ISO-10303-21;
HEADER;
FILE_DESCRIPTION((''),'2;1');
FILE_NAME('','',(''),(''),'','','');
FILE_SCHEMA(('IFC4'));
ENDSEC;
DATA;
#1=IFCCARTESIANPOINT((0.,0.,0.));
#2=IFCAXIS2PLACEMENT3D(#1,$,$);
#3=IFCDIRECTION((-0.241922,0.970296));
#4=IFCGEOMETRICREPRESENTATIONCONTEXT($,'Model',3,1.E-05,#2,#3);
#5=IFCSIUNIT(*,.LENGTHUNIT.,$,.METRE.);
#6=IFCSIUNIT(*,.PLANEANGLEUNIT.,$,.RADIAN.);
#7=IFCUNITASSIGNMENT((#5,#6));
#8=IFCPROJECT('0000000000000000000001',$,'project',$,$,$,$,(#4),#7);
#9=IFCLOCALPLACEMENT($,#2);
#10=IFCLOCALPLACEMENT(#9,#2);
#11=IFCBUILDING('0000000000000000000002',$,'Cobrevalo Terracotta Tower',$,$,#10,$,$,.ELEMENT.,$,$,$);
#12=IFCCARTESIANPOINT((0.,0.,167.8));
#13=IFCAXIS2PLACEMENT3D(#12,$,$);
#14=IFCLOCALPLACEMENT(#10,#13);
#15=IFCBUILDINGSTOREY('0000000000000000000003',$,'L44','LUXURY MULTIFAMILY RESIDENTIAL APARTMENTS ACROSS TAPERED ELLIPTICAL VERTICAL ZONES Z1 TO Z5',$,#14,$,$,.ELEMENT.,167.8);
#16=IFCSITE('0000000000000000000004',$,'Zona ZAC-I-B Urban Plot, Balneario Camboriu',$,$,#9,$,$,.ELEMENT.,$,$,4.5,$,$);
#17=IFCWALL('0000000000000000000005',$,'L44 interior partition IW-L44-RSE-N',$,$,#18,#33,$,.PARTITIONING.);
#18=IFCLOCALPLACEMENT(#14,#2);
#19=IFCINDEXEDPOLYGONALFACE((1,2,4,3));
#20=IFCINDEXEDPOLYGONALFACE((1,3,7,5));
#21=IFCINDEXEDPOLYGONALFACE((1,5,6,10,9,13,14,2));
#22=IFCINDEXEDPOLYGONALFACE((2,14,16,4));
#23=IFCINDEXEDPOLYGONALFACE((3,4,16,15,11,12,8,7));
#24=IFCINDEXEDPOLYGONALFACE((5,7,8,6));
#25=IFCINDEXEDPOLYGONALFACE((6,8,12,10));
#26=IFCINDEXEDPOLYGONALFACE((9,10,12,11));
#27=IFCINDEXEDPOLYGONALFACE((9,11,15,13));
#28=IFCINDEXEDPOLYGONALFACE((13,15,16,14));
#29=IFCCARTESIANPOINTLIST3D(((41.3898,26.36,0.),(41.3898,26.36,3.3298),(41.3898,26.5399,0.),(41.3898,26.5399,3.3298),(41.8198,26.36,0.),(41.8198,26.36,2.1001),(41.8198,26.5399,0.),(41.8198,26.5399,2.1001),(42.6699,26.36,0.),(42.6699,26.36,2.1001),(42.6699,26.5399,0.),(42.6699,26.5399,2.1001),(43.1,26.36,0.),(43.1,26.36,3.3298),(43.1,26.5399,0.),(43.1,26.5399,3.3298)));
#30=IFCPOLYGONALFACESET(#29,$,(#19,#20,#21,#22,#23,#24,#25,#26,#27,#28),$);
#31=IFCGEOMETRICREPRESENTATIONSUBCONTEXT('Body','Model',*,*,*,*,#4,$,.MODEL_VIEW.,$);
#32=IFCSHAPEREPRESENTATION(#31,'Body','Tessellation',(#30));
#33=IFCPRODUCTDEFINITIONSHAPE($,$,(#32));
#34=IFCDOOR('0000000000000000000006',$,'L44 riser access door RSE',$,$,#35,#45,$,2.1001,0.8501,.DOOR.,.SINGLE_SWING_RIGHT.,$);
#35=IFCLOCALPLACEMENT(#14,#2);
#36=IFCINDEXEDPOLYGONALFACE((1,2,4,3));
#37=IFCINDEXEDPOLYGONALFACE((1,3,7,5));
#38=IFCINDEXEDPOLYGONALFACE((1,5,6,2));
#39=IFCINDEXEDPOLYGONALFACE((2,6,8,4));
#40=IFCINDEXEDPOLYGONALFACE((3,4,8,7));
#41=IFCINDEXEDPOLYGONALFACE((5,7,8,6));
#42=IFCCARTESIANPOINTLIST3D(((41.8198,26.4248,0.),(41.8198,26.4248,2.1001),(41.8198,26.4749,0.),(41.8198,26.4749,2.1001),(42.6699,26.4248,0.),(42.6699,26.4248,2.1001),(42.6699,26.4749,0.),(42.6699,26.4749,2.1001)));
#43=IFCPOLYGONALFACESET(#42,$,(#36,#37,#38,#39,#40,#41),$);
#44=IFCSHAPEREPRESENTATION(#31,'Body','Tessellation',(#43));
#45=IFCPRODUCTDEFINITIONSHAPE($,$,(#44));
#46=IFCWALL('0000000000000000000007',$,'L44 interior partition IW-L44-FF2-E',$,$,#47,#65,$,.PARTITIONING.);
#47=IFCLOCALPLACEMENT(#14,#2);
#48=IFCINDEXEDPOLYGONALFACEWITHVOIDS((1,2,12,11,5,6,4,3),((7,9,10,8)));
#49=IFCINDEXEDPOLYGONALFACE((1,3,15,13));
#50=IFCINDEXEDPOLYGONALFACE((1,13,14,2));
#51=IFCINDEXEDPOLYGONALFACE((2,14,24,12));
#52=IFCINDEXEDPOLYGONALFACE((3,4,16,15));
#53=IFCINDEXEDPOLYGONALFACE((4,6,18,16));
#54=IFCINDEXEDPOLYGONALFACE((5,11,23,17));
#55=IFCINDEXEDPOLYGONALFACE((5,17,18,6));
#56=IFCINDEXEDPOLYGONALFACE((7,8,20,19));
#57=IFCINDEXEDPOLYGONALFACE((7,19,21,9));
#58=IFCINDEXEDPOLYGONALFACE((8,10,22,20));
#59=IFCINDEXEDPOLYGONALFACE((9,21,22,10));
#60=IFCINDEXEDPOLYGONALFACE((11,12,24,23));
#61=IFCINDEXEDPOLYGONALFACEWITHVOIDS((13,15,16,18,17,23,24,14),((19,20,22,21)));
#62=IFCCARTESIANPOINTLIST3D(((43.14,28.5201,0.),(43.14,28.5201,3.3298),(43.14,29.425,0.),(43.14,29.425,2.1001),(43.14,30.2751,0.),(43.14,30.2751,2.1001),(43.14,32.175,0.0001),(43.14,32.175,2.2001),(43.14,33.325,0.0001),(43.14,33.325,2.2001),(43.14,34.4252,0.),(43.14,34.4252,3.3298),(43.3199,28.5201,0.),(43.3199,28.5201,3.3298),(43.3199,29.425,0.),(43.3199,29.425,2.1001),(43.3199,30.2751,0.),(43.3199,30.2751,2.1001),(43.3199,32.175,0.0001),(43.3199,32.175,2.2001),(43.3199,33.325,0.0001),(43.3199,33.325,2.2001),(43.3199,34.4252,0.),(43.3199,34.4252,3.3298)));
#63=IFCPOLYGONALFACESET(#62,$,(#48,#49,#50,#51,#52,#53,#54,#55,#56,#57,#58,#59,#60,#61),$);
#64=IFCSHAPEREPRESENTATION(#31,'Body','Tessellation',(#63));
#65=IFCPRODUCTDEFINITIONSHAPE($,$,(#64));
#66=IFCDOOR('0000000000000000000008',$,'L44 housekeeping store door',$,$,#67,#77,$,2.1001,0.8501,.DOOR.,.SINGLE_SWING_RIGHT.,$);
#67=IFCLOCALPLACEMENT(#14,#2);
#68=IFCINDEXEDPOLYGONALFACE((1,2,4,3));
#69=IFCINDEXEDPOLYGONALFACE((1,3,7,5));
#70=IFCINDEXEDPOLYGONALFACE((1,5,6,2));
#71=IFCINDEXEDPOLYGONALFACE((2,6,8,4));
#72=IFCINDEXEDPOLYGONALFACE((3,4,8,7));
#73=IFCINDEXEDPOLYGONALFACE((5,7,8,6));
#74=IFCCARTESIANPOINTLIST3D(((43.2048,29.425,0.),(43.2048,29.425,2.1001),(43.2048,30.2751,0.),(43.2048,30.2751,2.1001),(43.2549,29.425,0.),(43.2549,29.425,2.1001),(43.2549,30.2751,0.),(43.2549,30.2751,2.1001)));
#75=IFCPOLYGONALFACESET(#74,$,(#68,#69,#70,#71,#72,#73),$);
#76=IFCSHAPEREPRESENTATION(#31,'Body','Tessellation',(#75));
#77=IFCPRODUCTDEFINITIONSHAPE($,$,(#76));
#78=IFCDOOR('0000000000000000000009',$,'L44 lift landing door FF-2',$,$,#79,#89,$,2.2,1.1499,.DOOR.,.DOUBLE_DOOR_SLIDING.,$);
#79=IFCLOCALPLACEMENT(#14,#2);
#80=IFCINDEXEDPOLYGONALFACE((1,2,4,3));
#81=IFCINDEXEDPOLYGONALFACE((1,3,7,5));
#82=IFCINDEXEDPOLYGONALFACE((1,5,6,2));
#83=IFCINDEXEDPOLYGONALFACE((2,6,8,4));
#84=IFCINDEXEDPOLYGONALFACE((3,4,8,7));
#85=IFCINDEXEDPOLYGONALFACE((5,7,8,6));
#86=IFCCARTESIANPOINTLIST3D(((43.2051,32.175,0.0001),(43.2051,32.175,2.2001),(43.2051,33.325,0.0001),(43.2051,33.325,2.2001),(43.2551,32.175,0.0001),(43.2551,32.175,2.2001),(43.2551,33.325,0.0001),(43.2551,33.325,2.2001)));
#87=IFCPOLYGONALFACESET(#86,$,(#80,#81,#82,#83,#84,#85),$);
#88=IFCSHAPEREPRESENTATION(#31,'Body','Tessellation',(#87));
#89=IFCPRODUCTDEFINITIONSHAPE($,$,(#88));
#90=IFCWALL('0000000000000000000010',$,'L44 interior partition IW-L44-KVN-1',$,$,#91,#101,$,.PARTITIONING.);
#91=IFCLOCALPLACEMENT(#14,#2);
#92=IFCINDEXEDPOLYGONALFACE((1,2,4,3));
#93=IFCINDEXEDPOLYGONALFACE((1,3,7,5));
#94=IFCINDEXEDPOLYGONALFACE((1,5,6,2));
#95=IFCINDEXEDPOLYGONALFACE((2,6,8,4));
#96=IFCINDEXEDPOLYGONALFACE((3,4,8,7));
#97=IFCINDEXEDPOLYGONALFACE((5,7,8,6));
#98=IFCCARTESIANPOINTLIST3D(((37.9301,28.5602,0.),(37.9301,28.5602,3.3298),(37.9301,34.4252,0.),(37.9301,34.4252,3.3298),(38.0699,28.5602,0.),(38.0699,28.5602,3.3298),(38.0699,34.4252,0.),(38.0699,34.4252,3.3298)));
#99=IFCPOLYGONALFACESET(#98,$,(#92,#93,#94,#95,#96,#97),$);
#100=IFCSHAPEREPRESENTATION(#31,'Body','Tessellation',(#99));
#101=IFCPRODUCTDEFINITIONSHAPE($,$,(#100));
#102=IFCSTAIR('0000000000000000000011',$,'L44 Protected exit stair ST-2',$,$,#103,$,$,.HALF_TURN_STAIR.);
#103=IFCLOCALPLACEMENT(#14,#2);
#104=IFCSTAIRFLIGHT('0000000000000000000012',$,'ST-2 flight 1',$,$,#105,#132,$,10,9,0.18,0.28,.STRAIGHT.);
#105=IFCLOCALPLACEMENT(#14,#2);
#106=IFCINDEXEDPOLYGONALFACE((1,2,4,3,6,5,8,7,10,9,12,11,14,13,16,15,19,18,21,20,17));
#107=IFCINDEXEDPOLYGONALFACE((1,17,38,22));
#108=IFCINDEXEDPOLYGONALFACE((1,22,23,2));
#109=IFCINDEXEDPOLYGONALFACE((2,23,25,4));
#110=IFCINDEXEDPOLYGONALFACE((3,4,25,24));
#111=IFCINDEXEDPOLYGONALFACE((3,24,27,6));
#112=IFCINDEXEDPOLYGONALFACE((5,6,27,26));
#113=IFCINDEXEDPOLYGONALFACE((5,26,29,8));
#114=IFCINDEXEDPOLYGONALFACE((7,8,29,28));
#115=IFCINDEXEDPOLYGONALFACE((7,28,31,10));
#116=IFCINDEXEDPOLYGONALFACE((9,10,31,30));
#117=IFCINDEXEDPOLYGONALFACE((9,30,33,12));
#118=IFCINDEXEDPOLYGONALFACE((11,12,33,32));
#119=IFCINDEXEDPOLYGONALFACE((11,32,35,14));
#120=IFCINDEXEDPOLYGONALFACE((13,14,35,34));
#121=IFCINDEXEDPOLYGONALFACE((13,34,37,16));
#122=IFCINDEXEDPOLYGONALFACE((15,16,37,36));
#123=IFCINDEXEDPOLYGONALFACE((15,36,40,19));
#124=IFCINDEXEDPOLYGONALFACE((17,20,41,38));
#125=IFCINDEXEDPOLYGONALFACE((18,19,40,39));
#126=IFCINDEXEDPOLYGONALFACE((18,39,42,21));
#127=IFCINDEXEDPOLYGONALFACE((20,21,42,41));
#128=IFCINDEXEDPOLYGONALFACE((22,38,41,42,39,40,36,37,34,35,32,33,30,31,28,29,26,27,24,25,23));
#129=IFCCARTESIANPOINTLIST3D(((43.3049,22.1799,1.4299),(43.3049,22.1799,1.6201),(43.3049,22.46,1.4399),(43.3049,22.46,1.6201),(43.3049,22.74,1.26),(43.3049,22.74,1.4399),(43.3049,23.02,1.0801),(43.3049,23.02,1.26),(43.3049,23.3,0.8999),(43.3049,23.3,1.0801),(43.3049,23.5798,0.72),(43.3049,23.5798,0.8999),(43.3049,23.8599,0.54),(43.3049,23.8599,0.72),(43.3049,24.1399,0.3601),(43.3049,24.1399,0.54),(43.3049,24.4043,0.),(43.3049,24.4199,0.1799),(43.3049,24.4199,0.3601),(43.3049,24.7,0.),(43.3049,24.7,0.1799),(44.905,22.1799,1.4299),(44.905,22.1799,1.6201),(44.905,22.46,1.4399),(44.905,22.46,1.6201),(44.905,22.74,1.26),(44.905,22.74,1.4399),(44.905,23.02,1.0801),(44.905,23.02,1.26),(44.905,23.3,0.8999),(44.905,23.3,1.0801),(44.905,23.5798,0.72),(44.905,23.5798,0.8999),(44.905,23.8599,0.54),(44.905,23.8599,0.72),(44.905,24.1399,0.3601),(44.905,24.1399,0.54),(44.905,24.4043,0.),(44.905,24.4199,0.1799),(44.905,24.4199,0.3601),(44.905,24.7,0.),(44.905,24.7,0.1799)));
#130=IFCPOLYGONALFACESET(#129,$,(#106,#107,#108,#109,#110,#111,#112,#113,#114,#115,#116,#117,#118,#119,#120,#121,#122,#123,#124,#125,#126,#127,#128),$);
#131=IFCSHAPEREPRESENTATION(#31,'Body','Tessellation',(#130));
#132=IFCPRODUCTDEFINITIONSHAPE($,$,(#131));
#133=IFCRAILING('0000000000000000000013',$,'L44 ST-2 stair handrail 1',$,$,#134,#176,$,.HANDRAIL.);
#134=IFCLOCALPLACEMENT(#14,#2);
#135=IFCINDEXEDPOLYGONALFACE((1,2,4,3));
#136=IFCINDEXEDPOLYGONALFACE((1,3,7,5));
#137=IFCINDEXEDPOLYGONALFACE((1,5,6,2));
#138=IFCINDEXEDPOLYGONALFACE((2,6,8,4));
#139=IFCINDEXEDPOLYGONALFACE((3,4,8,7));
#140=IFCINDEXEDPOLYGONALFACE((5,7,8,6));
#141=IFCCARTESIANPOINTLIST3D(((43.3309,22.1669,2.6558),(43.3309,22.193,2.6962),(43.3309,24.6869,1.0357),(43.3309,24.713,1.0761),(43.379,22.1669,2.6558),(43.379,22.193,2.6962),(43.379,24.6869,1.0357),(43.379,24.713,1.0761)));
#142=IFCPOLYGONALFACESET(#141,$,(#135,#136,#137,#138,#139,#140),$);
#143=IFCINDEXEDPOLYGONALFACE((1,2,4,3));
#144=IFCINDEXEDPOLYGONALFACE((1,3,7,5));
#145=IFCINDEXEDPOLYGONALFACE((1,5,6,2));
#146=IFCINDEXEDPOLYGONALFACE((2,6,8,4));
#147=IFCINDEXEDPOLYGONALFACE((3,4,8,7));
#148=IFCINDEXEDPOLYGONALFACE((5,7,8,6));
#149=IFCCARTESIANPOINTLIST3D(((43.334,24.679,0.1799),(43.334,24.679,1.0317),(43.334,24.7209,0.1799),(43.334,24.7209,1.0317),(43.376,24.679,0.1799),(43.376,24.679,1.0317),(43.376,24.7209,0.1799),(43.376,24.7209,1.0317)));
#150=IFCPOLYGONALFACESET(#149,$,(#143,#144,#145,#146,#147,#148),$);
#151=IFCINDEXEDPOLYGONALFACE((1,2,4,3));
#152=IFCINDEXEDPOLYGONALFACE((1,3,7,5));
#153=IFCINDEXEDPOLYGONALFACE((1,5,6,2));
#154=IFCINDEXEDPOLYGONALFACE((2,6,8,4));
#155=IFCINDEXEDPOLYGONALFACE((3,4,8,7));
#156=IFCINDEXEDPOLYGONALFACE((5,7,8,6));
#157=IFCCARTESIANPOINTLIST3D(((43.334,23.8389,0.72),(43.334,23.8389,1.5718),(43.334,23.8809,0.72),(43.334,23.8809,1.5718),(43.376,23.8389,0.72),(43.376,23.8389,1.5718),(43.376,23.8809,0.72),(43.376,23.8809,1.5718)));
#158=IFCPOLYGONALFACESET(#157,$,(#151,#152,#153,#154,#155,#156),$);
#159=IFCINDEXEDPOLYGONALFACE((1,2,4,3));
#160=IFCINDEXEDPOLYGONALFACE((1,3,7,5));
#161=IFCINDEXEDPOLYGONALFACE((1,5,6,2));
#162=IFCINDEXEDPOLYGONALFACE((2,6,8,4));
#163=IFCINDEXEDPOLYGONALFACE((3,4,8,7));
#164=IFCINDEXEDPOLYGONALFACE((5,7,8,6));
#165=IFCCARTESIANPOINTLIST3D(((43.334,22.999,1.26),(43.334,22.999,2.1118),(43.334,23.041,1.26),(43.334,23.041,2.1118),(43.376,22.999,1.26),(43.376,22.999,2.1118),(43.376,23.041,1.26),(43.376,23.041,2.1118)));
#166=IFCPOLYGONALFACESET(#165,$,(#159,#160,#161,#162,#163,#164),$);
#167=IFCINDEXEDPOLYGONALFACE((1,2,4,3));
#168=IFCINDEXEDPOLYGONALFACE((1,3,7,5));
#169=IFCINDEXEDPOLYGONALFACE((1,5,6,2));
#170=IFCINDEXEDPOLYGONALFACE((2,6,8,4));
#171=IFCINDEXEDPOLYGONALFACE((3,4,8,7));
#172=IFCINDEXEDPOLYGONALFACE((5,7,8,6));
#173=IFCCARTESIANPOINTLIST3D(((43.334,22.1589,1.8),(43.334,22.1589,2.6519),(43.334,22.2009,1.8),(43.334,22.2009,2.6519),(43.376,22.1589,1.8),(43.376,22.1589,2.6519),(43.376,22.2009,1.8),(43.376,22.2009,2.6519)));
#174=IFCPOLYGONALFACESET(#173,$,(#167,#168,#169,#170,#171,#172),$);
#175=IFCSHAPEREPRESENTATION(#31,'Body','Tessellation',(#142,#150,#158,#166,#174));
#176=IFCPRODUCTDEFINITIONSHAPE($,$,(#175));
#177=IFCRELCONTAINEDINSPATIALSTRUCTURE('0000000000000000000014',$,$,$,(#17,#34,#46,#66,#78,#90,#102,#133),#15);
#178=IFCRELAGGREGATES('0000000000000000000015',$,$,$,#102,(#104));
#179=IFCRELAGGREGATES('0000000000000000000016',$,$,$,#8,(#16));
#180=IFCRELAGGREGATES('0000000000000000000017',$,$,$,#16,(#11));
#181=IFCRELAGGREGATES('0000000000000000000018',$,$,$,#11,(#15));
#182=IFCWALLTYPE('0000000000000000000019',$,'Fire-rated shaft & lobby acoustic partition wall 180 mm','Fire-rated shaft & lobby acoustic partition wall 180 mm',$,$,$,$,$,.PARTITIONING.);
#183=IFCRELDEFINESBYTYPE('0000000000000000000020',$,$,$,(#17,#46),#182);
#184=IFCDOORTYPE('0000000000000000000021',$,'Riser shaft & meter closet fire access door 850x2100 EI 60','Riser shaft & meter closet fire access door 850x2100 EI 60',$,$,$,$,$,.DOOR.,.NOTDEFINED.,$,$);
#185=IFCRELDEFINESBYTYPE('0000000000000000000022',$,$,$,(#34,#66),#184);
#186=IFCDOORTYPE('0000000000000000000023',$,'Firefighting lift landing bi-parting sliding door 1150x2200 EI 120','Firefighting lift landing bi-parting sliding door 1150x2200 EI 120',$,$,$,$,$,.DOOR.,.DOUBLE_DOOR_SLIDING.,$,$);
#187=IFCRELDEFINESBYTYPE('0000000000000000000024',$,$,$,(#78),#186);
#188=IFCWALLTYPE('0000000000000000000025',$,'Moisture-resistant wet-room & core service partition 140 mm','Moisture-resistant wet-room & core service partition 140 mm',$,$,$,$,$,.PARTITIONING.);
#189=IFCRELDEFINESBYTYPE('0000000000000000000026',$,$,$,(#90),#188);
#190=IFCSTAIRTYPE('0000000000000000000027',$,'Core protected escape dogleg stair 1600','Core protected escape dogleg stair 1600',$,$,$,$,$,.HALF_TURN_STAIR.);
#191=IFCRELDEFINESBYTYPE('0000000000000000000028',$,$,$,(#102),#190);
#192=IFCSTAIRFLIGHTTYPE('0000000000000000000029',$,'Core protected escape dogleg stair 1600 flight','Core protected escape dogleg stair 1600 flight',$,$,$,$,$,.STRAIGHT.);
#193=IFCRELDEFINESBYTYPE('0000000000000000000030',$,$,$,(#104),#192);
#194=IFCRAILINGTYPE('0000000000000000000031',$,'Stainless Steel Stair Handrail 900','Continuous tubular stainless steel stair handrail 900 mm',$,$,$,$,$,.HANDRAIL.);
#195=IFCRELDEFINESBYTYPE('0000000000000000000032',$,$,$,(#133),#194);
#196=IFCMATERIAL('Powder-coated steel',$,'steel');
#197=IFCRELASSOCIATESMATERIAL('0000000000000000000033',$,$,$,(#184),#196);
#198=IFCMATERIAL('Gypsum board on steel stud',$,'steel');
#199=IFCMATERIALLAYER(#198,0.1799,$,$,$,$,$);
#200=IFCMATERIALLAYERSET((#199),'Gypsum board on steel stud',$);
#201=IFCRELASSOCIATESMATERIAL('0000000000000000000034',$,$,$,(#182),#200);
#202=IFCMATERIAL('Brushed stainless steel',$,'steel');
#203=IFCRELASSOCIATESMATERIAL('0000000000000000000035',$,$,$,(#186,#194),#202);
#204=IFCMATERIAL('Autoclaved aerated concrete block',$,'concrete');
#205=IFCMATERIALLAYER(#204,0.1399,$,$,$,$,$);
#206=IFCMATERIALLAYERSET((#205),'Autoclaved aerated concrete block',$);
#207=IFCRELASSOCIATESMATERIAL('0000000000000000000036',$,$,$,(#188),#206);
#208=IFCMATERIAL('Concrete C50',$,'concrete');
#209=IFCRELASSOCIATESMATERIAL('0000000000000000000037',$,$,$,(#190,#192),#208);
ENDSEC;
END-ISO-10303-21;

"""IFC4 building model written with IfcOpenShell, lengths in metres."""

from ifc_helpers import new_model, si_unit, direction, frame, frame_2d, origin, origin_2d, place, context, subcontext, project, spatial, polyline, rectangle, outline, extrude, source, transform, mapped, material, layer, layer_set, type_object, element, fill, aggregate, save


model = new_model("IFC4")

# Units and contexts
model_context = context("Model", 3, precision=1e-05, world=origin(), true_north=direction((-0.241922, 0.970296)))
body_context = subcontext(model_context, "Body", "Model", "MODEL_VIEW")
ifc_project = project(units=[si_unit("LENGTHUNIT", "METRE"), si_unit("PLANEANGLEUNIT", "RADIAN")], contexts=[model_context])

# Site, building, storey
site_placement = place(None, origin())
site = spatial("IfcSite", under=ifc_project, at=site_placement, Name="Zona ZAC-I-B Urban Plot, Balneario Camboriu", CompositionType="ELEMENT", RefElevation=4.5)
building_placement = place(site_placement, origin())
building = spatial("IfcBuilding", under=site, at=building_placement, Name="Cobrevalo Terracotta Tower", CompositionType="ELEMENT")
storey_placement = place(building_placement, frame((0.0, 0.0, 167.8)))
storey = spatial("IfcBuildingStorey", under=building, at=storey_placement, Name="L44", Description="LUXURY MULTIFAMILY RESIDENTIAL APARTMENTS ACROSS TAPERED ELLIPTICAL VERTICAL ZONES Z1 TO Z5", CompositionType="ELEMENT", Elevation=167.8)

# Shared definitions
ifc_material_1 = material(Name="Gypsum board on steel stud", Category="steel")

# Shared definitions
ifc_material_2 = material(Name="Powder-coated steel", Category="steel")
door_type_1 = type_object("IfcDoorType", Name="Riser shaft & meter closet fire access door 850x2100 EI 60", Description="Riser shaft & meter closet fire access door 850x2100 EI 60", OperationType="NOTDEFINED", PredefinedType="DOOR", material=ifc_material_2)
shared_shape_1 = source(origin(), body_context, "Body", "SweptSolid", [
    extrude(rectangle(XDim=0.8501, YDim=2.1001, at=frame_2d((0.425, 1.05))), frame((0.0, 0.0249, 0.0), z_axis=(0.0, -1.0, 0.0), x_axis=(1.0, 0.0, 0.0)), (0.0, 0.0, 1.0), 0.05),
])
ifc_material_3 = material(Name="Brushed stainless steel", Category="steel")

# Wall, opening, door
ifc_layer_1 = layer(ifc_material_1, 0.1799)
ifc_layer_set_1 = layer_set([ifc_layer_1], Name="Gypsum board on steel stud")
wall_type_1 = type_object("IfcWallType", Name="Fire-rated shaft & lobby acoustic partition wall 180 mm", Description="Fire-rated shaft & lobby acoustic partition wall 180 mm", PredefinedType="PARTITIONING", material=ifc_layer_set_1)
wall_1_placement = place(storey_placement, frame((41.3899, 26.45, 0.0), z_axis=(0.0, 0.0, 1.0), x_axis=(1.0, 0.0, 0.0)))
wall_1 = element("IfcWall", 1, at=wall_1_placement, inside=storey, type_object=wall_type_1, Name="L44 interior partition IW-L44-RSE-N", PredefinedType="PARTITIONING", context=body_context, shape_type="SweptSolid", body=[
    extrude(rectangle(XDim=1.7102, YDim=0.1799, at=frame_2d((0.855, 0.0))), origin(), (0.0, 0.0, 1.0), 3.3298),
])
opening_1_placement = place(wall_1_placement, frame((0.4299, 0.0, 0.0)))
opening_1 = element("IfcOpeningElement", 2, at=opening_1_placement, cuts=wall_1, PredefinedType="OPENING", context=body_context, shape_type="SweptSolid", body=[
    extrude(rectangle(XDim=0.8501, YDim=2.1001, at=frame_2d((0.425, 1.05))), frame((0.0, 0.1001, 0.0), z_axis=(0.0, -1.0, 0.0), x_axis=(1.0, 0.0, 0.0)), (0.0, 0.0, 1.0), 0.2),
])
door_1_placement = place(opening_1_placement, origin())
door_1 = element("IfcDoor", 3, at=door_1_placement, inside=storey, type_object=door_type_1, Name="L44 riser access door RSE", OperationType="SINGLE_SWING_RIGHT", OverallHeight=2.1001, OverallWidth=0.8501, PredefinedType="DOOR", context=body_context, shape_type="MappedRepresentation", body=[
    mapped(shared_shape_1, transform((0.0, 0.0, 0.0), scale=1.0)),
])
fill(opening_1, door_1)

# Wall, openings, doors
wall_2_placement = place(storey_placement, frame((43.23, 28.52, 0.0), z_axis=(0.0, 0.0, 1.0), x_axis=(0.0, 1.0, 0.0)))
wall_2 = element("IfcWall", 4, at=wall_2_placement, inside=storey, type_object=wall_type_1, Name="L44 interior partition IW-L44-FF2-E", PredefinedType="PARTITIONING", context=body_context, shape_type="SweptSolid", body=[
    extrude(rectangle(XDim=5.905, YDim=0.1799, at=frame_2d((2.9526, 0.0))), origin(), (0.0, 0.0, 1.0), 3.3298),
])
opening_2_placement = place(wall_2_placement, frame((0.905, 0.0, 0.0)))
opening_2 = element("IfcOpeningElement", 5, at=opening_2_placement, cuts=wall_2, PredefinedType="OPENING", context=body_context, shape_type="SweptSolid", body=[
    extrude(rectangle(XDim=0.8501, YDim=2.1001, at=frame_2d((0.425, 1.05))), frame((0.0, 0.1001, 0.0), z_axis=(0.0, -1.0, 0.0), x_axis=(1.0, 0.0, 0.0)), (0.0, 0.0, 1.0), 0.2),
])
opening_3_placement = place(wall_2_placement, frame((3.655, 0.0, 0.0)))
opening_3 = element("IfcOpeningElement", 6, at=opening_3_placement, cuts=wall_2, PredefinedType="OPENING", context=body_context, shape_type="SweptSolid", body=[
    extrude(rectangle(XDim=1.1499, YDim=2.2, at=frame_2d((0.575, 1.1001))), frame((0.0, 0.1001, 0.0), z_axis=(0.0, -1.0, 0.0), x_axis=(1.0, 0.0, 0.0)), (0.0, 0.0, 1.0), 0.2),
])
door_2_placement = place(opening_2_placement, frame((0.8501, 0.0, 0.0), z_axis=(0.0, 0.0, 1.0), x_axis=(-1.0, 0.0, 0.0)))
door_2 = element("IfcDoor", 7, at=door_2_placement, inside=storey, type_object=door_type_1, Name="L44 housekeeping store door", OperationType="SINGLE_SWING_RIGHT", OverallHeight=2.1001, OverallWidth=0.8501, PredefinedType="DOOR", context=body_context, shape_type="MappedRepresentation", body=[
    mapped(shared_shape_1, transform((0.0, 0.0, 0.0), scale=1.0)),
])
fill(opening_2, door_2)
door_type_2 = type_object("IfcDoorType", Name="Firefighting lift landing bi-parting sliding door 1150x2200 EI 120", Description="Firefighting lift landing bi-parting sliding door 1150x2200 EI 120", OperationType="DOUBLE_DOOR_SLIDING", PredefinedType="DOOR", material=ifc_material_3)
shared_shape_2 = source(origin(), body_context, "Body", "SweptSolid", [
    extrude(rectangle(XDim=1.1499, YDim=2.2, at=frame_2d((0.575, 1.1001))), frame((0.0, 0.0249, 0.0), z_axis=(0.0, -1.0, 0.0), x_axis=(1.0, 0.0, 0.0)), (0.0, 0.0, 1.0), 0.05),
])
door_3_placement = place(opening_3_placement, origin())
door_3 = element("IfcDoor", 8, at=door_3_placement, inside=storey, type_object=door_type_2, Name="L44 lift landing door FF-2", OperationType="DOUBLE_DOOR_SLIDING", OverallHeight=2.2, OverallWidth=1.1499, PredefinedType="DOOR", context=body_context, shape_type="MappedRepresentation", body=[
    mapped(shared_shape_2, transform((0.0, 0.0, 0.0), scale=1.0)),
])
fill(opening_3, door_3)

# Wall
ifc_material_4 = material(Name="Autoclaved aerated concrete block", Category="concrete")
ifc_layer_2 = layer(ifc_material_4, 0.1399)
ifc_layer_set_2 = layer_set([ifc_layer_2], Name="Autoclaved aerated concrete block")
wall_type_2 = type_object("IfcWallType", Name="Moisture-resistant wet-room & core service partition 140 mm", Description="Moisture-resistant wet-room & core service partition 140 mm", PredefinedType="PARTITIONING", material=ifc_layer_set_2)
wall_3_placement = place(storey_placement, frame((38.0, 28.5601, 0.0), z_axis=(0.0, 0.0, 1.0), x_axis=(0.0, 1.0, 0.0)))
element("IfcWall", 9, at=wall_3_placement, inside=storey, type_object=wall_type_2, Name="L44 interior partition IW-L44-KVN-1", PredefinedType="PARTITIONING", context=body_context, shape_type="SweptSolid", body=[
    extrude(rectangle(XDim=5.865, YDim=0.1399, at=frame_2d((2.9326, 0.0))), origin(), (0.0, 0.0, 1.0), 3.3298),
])

# Shared definitions
ifc_material_5 = material(Name="Concrete C50", Category="concrete")

# Stair, stair flight
stair_type = type_object("IfcStairType", Name="Core protected escape dogleg stair 1600", Description="Core protected escape dogleg stair 1600", PredefinedType="HALF_TURN_STAIR", material=ifc_material_5)
stair_placement = place(storey_placement, origin())
stair = element("IfcStair", 10, at=stair_placement, inside=storey, type_object=stair_type, Name="L44 Protected exit stair ST-2", PredefinedType="HALF_TURN_STAIR")
stair_flight_type = type_object("IfcStairFlightType", Name="Core protected escape dogleg stair 1600 flight", Description="Core protected escape dogleg stair 1600 flight", PredefinedType="STRAIGHT", material=ifc_material_5)
stair_flight_placement = place(storey_placement, frame((44.105, 24.7, 0.0), z_axis=(0.0, 0.0, 1.0), x_axis=(0.0, -1.0, 0.0)))
stair_flight = element("IfcStairFlight", 11, at=stair_flight_placement, type_object=stair_flight_type, Name="ST-2 flight 1", NumberOfRisers=10, NumberOfTreads=9, PredefinedType="STRAIGHT", RiserHeight=0.18, TreadLength=0.28, context=body_context, shape_type="SweptSolid", body=[
    extrude(outline(polyline([(0.0, 0.0), (0.0, 0.1799), (0.28, 0.1799), (0.28, 0.3601), (0.5601, 0.3601), (0.5601, 0.54), (0.8401, 0.54), (0.8401, 0.72), (1.1201, 0.72), (1.1201, 0.8999), (1.3999, 0.8999), (1.3999, 1.0801), (1.6799, 1.0801), (1.6799, 1.26), (1.96, 1.26), (1.96, 1.4399), (2.24, 1.4399), (2.24, 1.6201), (2.52, 1.6201), (2.52, 1.8), (2.52, 1.4299), (0.2957, 0.0), (0.0, 0.0)])), frame((0.0, 0.8, 0.0), z_axis=(0.0, -1.0, 0.0), x_axis=(1.0, 0.0, 0.0)), (0.0, 0.0, 1.0), 1.6001),
])
aggregate(stair, [stair_flight])

# Railing
railing_type_1 = type_object("IfcRailingType", Name="Stainless Steel Stair Handrail 900", Description="Continuous tubular stainless steel stair handrail 900 mm", PredefinedType="HANDRAIL", material=ifc_material_3)
railing_1_placement = place(storey_placement, frame((43.355, 24.7, 0.1799)))
element("IfcRailing", 12, at=railing_1_placement, inside=storey, type_object=railing_type_1, Name="L44 ST-2 stair handrail 1", PredefinedType="HANDRAIL", context=body_context, shape_type="SweptSolid", body=[
    extrude(rectangle(XDim=0.0481, YDim=0.0481, at=origin_2d()), frame((0.0, 0.0, 0.876), z_axis=(0.0, -0.841163, 0.540782), x_axis=(1.0, 0.0, 0.0)), (0.0, 0.0, 1.0), 2.9958),
    extrude(rectangle(XDim=0.042, YDim=0.042, at=origin_2d()), origin(), (0.0, 0.0, 1.0), 0.8518),
    extrude(rectangle(XDim=0.042, YDim=0.042, at=origin_2d()), frame((0.0, -0.8401, 0.54)), (0.0, 0.0, 1.0), 0.8518),
    extrude(rectangle(XDim=0.042, YDim=0.042, at=origin_2d()), frame((0.0, -1.6799, 1.0801)), (0.0, 0.0, 1.0), 0.8518),
    extrude(rectangle(XDim=0.042, YDim=0.042, at=origin_2d()), frame((0.0, -2.52, 1.6201)), (0.0, 0.0, 1.0), 0.8518),
])

save(model, "model.ifc")
